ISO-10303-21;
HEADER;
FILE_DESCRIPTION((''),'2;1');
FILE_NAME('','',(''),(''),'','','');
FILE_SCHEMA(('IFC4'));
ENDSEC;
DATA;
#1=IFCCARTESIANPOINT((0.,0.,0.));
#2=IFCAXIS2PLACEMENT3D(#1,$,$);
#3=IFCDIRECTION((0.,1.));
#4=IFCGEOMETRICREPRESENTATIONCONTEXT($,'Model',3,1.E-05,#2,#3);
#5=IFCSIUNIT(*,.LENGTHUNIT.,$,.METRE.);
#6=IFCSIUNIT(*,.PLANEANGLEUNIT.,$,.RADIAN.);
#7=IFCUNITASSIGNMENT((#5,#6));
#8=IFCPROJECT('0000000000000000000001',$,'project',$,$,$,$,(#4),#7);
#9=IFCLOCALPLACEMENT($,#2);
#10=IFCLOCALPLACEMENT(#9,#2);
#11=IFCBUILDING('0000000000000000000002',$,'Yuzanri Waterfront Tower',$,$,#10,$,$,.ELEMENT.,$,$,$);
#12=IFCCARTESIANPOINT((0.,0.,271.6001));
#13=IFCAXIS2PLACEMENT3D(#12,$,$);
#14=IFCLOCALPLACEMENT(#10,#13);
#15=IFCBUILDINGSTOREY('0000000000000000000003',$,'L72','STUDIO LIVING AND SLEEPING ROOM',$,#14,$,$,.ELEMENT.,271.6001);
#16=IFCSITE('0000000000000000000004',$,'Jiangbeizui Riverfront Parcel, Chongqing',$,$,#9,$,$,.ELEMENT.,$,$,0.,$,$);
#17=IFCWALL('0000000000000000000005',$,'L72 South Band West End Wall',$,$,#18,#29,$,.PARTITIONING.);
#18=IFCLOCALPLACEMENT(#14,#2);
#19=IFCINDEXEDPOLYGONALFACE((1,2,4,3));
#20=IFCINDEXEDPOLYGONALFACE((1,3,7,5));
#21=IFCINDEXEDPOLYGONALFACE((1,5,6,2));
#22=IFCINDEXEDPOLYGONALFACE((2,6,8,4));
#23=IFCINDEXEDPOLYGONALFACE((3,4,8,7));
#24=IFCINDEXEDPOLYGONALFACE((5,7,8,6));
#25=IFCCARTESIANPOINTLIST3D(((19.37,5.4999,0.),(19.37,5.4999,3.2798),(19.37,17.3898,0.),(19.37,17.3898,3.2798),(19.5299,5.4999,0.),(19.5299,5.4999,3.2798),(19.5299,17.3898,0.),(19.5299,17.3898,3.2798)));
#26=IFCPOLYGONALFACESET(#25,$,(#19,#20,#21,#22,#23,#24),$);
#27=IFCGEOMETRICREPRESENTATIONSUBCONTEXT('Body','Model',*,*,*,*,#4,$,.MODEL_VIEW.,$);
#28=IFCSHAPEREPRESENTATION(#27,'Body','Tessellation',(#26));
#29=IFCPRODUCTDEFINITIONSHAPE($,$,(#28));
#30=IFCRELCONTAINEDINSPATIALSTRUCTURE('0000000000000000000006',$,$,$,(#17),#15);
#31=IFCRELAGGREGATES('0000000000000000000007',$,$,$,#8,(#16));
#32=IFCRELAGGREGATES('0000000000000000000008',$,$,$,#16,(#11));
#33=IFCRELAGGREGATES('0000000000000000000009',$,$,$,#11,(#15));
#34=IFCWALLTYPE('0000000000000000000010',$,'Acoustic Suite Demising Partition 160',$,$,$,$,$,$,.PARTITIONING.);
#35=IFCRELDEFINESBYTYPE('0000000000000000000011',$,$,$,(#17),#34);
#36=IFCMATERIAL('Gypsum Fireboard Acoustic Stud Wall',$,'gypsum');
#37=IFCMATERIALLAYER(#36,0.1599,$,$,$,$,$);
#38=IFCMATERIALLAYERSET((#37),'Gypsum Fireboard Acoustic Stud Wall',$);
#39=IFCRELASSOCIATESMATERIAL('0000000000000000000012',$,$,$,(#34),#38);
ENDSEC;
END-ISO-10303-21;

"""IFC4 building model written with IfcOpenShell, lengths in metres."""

from ifc_helpers import new_model, si_unit, direction, frame, frame_2d, origin, place, context, subcontext, project, spatial, rectangle, extrude, source, transform, mapped, material, layer, layer_set, type_object, element, save


model = new_model("IFC4")

# Units and contexts
model_context = context("Model", 3, precision=1e-05, world=origin(), true_north=direction((0.0, 1.0)))
body_context = subcontext(model_context, "Body", "Model", "MODEL_VIEW")
ifc_project = project(units=[si_unit("LENGTHUNIT", "METRE"), si_unit("PLANEANGLEUNIT", "RADIAN")], contexts=[model_context])

# Site, building, storey
site_placement = place(None, origin())
site = spatial("IfcSite", under=ifc_project, at=site_placement, Name="Jiangbeizui Riverfront Parcel, Chongqing", CompositionType="ELEMENT", RefElevation=0.0)
building_placement = place(site_placement, origin())
building = spatial("IfcBuilding", under=site, at=building_placement, Name="Yuzanri Waterfront Tower", CompositionType="ELEMENT")
storey_placement = place(building_placement, frame((0.0, 0.0, 271.6001)))
storey = spatial("IfcBuildingStorey", under=building, at=storey_placement, Name="L72", Description="STUDIO LIVING AND SLEEPING ROOM", CompositionType="ELEMENT", Elevation=271.6001)

# Wall
ifc_material_1 = material(Name="Gypsum Fireboard Acoustic Stud Wall", Category="gypsum")
ifc_layer_1 = layer(ifc_material_1, 0.1599)
ifc_layer_set_1 = layer_set([ifc_layer_1], Name="Gypsum Fireboard Acoustic Stud Wall")
wall_type_1 = type_object("IfcWallType", Name="Acoustic Suite Demising Partition 160", PredefinedType="PARTITIONING", material=ifc_layer_set_1)
shared_shape_1 = source(origin(), body_context, "Body", "SweptSolid", [
    extrude(rectangle(XDim=11.8899, YDim=0.1599, at=frame_2d((5.9448, 0.0))), origin(), (0.0, 0.0, 1.0), 3.2798),
])
wall_1_placement = place(storey_placement, frame((19.45, 5.5, 0.0), z_axis=(0.0, 0.0, 1.0), x_axis=(0.0, 1.0, 0.0)))
element("IfcWall", 1, at=wall_1_placement, inside=storey, type_object=wall_type_1, Name="L72 South Band West End Wall", PredefinedType="PARTITIONING", context=body_context, shape_type="MappedRepresentation", body=[
    mapped(shared_shape_1, transform((0.0, 0.0, 0.0), scale=1.0)),
])

save(model, "model.ifc")
